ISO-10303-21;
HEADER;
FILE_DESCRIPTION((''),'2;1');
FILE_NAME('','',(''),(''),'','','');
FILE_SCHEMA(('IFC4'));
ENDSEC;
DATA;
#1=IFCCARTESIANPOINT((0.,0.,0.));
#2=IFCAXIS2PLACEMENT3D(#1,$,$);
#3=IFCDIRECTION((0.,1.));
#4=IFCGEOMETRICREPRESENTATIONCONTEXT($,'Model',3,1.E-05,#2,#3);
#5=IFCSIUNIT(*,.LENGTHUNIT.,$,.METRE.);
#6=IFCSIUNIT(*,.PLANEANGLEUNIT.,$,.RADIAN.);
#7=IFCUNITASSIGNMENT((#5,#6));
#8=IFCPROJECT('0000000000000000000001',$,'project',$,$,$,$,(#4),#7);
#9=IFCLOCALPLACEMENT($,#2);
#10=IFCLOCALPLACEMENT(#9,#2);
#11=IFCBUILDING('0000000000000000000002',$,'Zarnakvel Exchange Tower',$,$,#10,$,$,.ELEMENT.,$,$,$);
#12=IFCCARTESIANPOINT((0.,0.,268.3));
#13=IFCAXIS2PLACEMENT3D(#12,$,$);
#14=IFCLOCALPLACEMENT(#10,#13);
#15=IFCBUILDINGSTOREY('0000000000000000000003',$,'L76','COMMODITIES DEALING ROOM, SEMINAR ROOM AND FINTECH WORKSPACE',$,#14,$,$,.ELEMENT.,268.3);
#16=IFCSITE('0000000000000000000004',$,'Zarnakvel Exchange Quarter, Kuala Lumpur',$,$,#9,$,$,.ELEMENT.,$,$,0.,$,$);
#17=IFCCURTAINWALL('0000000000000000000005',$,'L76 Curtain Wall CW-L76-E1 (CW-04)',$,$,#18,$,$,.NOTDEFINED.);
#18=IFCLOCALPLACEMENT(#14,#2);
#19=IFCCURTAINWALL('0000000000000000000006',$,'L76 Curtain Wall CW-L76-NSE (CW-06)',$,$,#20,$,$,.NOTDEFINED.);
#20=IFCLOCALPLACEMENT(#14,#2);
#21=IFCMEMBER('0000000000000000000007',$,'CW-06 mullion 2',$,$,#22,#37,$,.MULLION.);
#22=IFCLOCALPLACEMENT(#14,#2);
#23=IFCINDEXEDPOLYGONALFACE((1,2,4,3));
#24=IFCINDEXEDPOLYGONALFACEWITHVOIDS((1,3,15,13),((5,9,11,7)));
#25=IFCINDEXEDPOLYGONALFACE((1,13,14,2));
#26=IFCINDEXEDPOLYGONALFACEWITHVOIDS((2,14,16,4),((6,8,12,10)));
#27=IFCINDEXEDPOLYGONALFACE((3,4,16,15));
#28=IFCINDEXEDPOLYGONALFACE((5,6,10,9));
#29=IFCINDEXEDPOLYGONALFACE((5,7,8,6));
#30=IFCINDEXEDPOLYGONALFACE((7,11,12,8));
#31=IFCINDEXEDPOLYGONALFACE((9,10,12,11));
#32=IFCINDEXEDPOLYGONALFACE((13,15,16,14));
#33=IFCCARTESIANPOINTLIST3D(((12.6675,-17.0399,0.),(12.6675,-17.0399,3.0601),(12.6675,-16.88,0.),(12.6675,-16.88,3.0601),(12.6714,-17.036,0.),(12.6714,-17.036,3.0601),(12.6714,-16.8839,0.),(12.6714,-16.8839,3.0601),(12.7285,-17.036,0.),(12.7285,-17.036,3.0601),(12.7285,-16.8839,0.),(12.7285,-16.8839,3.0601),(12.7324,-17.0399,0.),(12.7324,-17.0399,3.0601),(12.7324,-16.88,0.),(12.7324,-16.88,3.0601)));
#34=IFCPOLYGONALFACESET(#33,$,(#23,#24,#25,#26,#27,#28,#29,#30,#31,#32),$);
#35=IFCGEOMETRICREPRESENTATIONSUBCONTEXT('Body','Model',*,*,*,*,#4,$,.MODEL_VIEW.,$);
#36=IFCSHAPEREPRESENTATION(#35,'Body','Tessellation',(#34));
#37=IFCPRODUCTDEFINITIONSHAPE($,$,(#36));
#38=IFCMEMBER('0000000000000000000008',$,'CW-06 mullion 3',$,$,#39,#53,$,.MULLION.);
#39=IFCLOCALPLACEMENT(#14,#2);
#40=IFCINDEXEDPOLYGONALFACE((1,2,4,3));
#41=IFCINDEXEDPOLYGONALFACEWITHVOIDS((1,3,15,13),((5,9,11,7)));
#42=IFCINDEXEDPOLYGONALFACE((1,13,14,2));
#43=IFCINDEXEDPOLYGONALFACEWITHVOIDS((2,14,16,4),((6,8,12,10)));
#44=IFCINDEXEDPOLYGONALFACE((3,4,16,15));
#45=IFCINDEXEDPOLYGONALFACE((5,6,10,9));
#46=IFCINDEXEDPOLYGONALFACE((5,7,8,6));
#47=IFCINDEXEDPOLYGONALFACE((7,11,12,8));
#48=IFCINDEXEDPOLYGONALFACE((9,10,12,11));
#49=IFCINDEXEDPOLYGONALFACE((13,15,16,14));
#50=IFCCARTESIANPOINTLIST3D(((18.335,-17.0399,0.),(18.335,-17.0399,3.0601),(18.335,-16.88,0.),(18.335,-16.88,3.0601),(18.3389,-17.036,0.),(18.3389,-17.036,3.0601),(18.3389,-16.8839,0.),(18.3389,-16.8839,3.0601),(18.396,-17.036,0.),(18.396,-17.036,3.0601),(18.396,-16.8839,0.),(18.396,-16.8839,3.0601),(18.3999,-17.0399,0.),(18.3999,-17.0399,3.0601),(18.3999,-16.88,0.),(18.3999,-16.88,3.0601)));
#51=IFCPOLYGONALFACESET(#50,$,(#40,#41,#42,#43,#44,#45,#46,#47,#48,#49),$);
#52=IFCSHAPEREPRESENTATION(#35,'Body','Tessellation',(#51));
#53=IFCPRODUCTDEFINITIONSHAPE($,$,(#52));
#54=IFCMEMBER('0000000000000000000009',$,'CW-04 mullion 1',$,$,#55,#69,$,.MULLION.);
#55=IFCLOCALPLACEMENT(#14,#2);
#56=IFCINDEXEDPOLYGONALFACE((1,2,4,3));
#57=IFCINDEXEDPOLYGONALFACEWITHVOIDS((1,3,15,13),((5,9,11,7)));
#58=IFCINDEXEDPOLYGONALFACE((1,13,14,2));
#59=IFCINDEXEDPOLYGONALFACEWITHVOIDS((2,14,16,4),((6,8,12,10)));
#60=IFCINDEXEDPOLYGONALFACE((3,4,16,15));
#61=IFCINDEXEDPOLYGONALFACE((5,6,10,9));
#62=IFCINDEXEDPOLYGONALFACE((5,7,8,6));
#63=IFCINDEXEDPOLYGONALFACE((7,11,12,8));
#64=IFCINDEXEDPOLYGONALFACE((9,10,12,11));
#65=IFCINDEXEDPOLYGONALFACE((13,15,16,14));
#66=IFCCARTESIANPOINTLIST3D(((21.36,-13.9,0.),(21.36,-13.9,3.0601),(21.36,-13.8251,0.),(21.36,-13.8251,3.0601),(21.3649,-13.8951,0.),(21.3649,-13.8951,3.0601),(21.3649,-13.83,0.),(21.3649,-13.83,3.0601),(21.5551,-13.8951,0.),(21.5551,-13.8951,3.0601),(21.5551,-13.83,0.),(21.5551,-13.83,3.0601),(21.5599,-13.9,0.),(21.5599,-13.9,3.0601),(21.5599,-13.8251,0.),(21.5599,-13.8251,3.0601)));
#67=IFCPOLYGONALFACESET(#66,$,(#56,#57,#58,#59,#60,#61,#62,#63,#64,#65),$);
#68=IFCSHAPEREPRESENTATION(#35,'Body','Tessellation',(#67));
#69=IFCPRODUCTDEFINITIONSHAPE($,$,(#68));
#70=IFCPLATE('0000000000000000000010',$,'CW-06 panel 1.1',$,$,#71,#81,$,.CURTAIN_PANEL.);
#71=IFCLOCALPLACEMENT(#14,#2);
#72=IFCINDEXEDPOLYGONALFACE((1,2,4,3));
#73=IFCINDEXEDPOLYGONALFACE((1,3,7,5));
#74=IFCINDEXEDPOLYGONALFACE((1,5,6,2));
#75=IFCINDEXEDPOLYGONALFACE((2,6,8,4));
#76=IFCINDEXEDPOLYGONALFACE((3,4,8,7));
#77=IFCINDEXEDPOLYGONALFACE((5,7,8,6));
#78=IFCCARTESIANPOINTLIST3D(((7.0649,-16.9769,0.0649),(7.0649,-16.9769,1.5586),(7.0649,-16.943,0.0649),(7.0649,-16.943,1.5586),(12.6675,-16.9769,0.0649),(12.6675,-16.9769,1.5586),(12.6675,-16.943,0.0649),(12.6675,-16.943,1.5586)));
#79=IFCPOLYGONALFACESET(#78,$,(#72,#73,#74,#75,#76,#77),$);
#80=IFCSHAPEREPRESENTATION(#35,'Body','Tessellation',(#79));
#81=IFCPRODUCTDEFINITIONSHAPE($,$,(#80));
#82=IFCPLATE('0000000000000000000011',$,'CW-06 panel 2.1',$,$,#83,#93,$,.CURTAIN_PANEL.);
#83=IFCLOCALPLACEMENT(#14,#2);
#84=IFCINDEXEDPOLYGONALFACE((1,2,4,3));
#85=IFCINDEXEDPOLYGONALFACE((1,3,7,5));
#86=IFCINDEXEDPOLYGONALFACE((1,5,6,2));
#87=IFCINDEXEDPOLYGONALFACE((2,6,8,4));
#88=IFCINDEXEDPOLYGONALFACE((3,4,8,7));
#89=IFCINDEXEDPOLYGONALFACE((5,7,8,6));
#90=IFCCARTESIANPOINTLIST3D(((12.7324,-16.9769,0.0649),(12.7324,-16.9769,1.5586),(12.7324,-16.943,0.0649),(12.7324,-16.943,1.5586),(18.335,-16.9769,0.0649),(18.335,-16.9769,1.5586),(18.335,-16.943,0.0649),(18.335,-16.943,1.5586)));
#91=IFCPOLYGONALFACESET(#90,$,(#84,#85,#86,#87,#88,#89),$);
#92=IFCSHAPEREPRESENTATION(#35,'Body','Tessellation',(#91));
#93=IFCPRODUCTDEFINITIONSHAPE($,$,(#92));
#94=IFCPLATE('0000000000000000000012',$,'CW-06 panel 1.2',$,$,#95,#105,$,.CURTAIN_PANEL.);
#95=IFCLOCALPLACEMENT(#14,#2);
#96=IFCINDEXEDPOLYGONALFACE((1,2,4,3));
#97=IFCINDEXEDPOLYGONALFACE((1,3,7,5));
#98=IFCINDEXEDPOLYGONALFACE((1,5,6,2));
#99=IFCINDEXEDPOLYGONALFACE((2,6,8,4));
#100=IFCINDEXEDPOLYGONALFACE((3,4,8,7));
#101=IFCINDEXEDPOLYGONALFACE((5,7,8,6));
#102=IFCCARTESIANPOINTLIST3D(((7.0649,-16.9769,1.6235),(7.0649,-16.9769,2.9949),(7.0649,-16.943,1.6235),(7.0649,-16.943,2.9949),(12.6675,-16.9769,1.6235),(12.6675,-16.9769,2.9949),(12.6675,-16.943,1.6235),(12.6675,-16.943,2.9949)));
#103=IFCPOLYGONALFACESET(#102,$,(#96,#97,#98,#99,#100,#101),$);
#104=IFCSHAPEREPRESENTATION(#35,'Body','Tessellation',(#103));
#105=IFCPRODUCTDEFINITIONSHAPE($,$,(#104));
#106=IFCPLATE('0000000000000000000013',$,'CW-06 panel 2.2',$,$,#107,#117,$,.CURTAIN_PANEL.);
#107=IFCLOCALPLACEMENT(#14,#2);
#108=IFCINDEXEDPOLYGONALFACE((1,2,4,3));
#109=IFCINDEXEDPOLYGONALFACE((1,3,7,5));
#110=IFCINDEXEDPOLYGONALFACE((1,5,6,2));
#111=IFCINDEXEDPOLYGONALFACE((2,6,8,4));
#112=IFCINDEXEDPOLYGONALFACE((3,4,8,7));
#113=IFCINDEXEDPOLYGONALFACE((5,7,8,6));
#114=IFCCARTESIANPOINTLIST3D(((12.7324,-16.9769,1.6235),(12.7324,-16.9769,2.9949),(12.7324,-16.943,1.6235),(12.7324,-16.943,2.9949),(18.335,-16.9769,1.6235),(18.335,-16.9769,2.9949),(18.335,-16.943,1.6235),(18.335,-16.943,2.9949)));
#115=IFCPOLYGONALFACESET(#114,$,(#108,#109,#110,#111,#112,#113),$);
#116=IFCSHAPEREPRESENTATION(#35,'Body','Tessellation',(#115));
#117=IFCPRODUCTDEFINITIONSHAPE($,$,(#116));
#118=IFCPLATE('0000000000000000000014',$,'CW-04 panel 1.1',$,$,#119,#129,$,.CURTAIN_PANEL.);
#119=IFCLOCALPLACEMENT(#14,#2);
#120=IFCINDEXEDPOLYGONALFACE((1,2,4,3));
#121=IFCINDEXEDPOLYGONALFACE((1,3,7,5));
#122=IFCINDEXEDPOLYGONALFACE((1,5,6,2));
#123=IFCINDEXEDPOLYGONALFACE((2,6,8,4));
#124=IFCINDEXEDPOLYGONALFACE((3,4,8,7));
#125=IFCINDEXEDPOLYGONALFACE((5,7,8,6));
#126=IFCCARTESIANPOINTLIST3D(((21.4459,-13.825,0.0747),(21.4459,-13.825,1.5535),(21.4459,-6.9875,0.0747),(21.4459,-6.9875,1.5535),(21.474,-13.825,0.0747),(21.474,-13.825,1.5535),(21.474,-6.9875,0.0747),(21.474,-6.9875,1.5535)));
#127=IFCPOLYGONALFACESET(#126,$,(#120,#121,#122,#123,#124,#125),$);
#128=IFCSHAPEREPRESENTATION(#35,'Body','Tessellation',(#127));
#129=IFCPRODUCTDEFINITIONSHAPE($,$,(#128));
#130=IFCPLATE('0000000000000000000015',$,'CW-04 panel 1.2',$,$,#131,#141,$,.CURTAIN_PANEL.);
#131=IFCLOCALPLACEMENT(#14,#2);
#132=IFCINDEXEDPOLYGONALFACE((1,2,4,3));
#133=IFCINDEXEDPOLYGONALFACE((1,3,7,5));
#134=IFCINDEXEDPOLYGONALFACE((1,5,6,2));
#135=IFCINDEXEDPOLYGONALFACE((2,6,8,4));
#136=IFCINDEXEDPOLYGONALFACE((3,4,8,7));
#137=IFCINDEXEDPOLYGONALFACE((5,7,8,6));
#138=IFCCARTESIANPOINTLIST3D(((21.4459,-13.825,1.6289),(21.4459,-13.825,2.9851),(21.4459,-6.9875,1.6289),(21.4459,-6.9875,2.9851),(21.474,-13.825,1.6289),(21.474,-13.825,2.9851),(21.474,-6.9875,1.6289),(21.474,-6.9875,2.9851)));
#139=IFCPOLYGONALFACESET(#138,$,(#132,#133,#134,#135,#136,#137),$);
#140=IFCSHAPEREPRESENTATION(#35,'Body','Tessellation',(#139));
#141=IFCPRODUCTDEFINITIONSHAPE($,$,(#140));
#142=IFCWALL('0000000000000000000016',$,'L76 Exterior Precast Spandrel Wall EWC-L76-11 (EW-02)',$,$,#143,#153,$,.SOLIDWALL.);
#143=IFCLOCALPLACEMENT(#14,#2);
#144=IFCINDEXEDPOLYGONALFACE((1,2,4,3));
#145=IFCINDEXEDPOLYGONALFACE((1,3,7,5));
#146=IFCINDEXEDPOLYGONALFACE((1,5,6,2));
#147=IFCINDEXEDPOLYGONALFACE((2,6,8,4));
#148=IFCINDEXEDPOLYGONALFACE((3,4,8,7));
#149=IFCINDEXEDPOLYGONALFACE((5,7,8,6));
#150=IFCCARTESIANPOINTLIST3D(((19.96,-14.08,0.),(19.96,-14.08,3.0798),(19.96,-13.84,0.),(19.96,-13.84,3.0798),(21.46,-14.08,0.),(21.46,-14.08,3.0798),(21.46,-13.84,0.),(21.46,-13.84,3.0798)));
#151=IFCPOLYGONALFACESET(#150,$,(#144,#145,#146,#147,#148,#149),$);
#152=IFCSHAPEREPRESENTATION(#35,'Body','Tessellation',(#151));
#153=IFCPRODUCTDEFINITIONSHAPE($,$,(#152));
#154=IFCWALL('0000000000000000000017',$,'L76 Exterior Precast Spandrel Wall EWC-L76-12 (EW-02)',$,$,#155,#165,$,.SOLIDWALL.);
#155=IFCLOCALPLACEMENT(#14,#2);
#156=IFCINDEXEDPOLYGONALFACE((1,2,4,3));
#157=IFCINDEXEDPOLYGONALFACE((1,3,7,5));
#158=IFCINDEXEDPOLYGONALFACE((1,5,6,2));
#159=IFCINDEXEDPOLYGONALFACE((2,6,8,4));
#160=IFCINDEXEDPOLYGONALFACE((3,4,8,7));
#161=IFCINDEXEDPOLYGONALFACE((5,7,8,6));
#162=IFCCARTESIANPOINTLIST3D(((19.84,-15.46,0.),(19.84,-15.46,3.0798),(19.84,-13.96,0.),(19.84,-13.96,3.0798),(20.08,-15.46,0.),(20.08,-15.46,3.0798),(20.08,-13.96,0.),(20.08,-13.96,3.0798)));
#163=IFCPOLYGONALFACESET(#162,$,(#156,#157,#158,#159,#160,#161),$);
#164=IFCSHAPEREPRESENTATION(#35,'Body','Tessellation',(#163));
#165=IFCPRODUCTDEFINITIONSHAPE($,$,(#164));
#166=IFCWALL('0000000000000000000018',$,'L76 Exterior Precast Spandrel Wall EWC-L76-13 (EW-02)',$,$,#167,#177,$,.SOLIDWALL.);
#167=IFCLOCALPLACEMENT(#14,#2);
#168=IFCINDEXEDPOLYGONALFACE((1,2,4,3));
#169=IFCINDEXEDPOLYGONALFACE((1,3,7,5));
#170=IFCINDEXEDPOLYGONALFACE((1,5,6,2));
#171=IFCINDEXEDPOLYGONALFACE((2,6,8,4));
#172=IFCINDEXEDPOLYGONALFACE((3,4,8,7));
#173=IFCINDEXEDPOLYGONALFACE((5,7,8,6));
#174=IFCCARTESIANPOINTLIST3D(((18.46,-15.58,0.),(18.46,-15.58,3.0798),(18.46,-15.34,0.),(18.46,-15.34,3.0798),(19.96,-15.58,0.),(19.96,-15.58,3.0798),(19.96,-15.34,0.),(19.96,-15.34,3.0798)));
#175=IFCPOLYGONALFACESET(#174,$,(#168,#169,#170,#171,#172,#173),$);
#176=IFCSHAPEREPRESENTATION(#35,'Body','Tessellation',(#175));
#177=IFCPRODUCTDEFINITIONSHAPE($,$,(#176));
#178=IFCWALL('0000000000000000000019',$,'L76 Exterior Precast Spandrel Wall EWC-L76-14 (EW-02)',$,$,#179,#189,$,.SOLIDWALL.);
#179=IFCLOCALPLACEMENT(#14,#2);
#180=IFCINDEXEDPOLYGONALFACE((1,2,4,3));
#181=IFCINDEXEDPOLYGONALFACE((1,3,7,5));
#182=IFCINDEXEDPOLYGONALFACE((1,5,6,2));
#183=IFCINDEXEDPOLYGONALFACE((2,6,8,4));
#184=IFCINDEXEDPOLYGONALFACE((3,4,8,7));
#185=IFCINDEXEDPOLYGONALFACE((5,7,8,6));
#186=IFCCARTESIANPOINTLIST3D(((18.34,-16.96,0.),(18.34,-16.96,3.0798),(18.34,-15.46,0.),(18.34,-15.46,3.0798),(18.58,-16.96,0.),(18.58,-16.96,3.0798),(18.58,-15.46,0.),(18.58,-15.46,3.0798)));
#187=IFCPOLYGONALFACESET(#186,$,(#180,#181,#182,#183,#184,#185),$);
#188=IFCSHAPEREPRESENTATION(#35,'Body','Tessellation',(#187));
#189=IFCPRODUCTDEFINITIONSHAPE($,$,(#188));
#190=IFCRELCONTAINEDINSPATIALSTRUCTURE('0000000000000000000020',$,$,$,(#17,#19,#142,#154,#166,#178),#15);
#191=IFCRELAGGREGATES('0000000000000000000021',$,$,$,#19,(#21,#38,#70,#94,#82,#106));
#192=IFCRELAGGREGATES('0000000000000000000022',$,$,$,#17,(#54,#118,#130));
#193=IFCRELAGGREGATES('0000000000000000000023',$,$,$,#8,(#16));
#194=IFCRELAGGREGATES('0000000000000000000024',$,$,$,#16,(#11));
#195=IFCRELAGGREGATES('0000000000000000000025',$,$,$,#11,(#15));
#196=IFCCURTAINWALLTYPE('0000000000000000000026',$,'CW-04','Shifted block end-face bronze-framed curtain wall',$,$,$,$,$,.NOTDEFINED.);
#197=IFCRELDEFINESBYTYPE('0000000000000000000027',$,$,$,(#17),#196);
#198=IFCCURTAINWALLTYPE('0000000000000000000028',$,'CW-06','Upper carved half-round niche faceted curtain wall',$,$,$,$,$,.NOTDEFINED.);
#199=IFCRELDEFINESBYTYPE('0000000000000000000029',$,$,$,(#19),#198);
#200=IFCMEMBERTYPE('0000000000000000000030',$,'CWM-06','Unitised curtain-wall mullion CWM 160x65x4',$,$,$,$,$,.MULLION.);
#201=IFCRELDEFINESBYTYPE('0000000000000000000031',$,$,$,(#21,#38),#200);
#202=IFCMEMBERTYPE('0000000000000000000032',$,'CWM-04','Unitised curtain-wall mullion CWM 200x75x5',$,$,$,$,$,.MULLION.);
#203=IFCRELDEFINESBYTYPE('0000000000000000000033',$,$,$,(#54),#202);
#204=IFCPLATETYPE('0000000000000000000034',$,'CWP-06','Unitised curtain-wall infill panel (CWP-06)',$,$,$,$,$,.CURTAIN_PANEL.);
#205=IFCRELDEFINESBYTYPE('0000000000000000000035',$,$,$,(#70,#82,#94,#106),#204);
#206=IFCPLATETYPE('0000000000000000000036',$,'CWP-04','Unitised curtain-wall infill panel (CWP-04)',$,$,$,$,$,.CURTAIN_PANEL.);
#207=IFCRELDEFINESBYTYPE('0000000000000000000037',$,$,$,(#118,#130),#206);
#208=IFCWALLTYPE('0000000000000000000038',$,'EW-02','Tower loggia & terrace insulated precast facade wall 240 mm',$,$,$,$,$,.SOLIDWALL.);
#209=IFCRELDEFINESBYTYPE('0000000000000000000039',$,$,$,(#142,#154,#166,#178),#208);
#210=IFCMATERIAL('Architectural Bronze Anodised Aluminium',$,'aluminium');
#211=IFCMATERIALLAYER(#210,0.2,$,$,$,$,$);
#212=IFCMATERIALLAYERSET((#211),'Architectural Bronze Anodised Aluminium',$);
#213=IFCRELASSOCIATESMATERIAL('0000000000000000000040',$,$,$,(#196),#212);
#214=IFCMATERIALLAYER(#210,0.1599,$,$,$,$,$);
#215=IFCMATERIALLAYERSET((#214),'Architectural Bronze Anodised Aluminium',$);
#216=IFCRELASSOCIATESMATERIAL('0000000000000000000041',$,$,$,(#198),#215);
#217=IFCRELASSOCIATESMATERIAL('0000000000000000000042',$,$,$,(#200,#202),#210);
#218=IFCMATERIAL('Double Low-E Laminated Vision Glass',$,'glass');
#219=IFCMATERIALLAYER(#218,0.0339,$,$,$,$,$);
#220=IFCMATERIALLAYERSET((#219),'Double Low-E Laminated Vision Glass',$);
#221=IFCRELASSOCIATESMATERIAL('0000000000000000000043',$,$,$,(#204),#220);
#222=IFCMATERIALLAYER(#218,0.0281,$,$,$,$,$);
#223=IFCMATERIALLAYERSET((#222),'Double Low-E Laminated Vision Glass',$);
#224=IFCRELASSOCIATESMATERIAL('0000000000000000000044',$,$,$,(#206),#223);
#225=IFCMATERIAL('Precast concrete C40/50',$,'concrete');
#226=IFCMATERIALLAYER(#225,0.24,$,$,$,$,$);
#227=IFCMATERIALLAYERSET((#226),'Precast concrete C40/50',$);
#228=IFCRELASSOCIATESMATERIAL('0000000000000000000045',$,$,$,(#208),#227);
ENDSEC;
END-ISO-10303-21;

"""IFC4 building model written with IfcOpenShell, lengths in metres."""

from ifc_helpers import new_model, si_unit, direction, frame, frame_2d, origin, origin_2d, place, context, subcontext, project, spatial, rectangle, hollow_rectangle, extrude, source, transform, mapped, material, layer, layer_set, material_profile, profile_set, type_object, element, aggregate, save


model = new_model("IFC4")

# Units and contexts
model_context = context("Model", 3, precision=1e-05, world=origin(), true_north=direction((0.0, 1.0)))
body_context = subcontext(model_context, "Body", "Model", "MODEL_VIEW")
ifc_project = project(units=[si_unit("LENGTHUNIT", "METRE"), si_unit("PLANEANGLEUNIT", "RADIAN")], contexts=[model_context])

# Site, building, storey
site_placement = place(None, origin())
site = spatial("IfcSite", under=ifc_project, at=site_placement, Name="Zarnakvel Exchange Quarter, Kuala Lumpur", CompositionType="ELEMENT", RefElevation=0.0)
building_placement = place(site_placement, origin())
building = spatial("IfcBuilding", under=site, at=building_placement, Name="Zarnakvel Exchange Tower", CompositionType="ELEMENT")
storey_placement = place(building_placement, frame((0.0, 0.0, 268.3)))
storey = spatial("IfcBuildingStorey", under=building, at=storey_placement, Name="L76", Description="COMMODITIES DEALING ROOM, SEMINAR ROOM AND FINTECH WORKSPACE", CompositionType="ELEMENT", Elevation=268.3)

# Curtain walls, members
ifc_material_1 = material(Name="Architectural Bronze Anodised Aluminium", Category="aluminium")
ifc_layer_1 = layer(ifc_material_1, 0.2)
ifc_layer_set_1 = layer_set([ifc_layer_1], Name="Architectural Bronze Anodised Aluminium")
curtain_wall_type_1 = type_object("IfcCurtainWallType", Name="CW-04", Description="Shifted block end-face bronze-framed curtain wall", PredefinedType="NOTDEFINED", material=ifc_layer_set_1)
curtain_wall_1_placement = place(storey_placement, origin())
curtain_wall_1 = element("IfcCurtainWall", 1, at=curtain_wall_1_placement, inside=storey, type_object=curtain_wall_type_1, Name="L76 Curtain Wall CW-L76-E1 (CW-04)", PredefinedType="NOTDEFINED")
ifc_layer_2 = layer(ifc_material_1, 0.1599)
ifc_layer_set_2 = layer_set([ifc_layer_2], Name="Architectural Bronze Anodised Aluminium")
curtain_wall_type_2 = type_object("IfcCurtainWallType", Name="CW-06", Description="Upper carved half-round niche faceted curtain wall", PredefinedType="NOTDEFINED", material=ifc_layer_set_2)
curtain_wall_2_placement = place(storey_placement, origin())
curtain_wall_2 = element("IfcCurtainWall", 2, at=curtain_wall_2_placement, inside=storey, type_object=curtain_wall_type_2, Name="L76 Curtain Wall CW-L76-NSE (CW-06)", PredefinedType="NOTDEFINED")
ifc_material_profile_1 = material_profile(ifc_material_1, hollow_rectangle(XDim=0.1599, YDim=0.0649, WallThickness=0.0039, at=origin_2d()))
ifc_profile_set_1 = profile_set([ifc_material_profile_1], Name="Architectural Bronze Anodised Aluminium")
member_type_1 = type_object("IfcMemberType", Name="CWM-06", Description="Unitised curtain-wall mullion CWM 160x65x4", PredefinedType="MULLION", material=ifc_profile_set_1)
shared_shape_1 = source(origin(), body_context, "Body", "SweptSolid", [
    extrude(hollow_rectangle(XDim=0.1599, YDim=0.0649, WallThickness=0.0039, at=origin_2d()), origin(), (0.0, 0.0, 1.0), 3.0601),
])
member_1_placement = place(storey_placement, frame((12.7, -16.96, 0.0), z_axis=(0.0, 0.0, 1.0), x_axis=(0.0, 1.0, 0.0)))
member_1 = element("IfcMember", 3, at=member_1_placement, type_object=member_type_1, Name="CW-06 mullion 2", PredefinedType="MULLION", context=body_context, shape_type="MappedRepresentation", body=[
    mapped(shared_shape_1, transform((0.0, 0.0, 0.0), x_axis=(1.0, 0.0, 0.0), y_axis=(0.0, 1.0, 0.0), z_axis=(0.0, 0.0, 1.0), scale=1.0)),
])
member_2_placement = place(storey_placement, frame((18.3674, -16.96, 0.0), z_axis=(0.0, 0.0, 1.0), x_axis=(0.0, 1.0, 0.0)))
member_2 = element("IfcMember", 4, at=member_2_placement, type_object=member_type_1, Name="CW-06 mullion 3", PredefinedType="MULLION", context=body_context, shape_type="MappedRepresentation", body=[
    mapped(shared_shape_1, transform((0.0, 0.0, 0.0), x_axis=(1.0, 0.0, 0.0), y_axis=(0.0, 1.0, 0.0), z_axis=(0.0, 0.0, 1.0), scale=1.0)),
])

# Member
ifc_material_profile_2 = material_profile(ifc_material_1, hollow_rectangle(XDim=0.2, YDim=0.075, WallThickness=0.0049, at=origin_2d()))
ifc_profile_set_2 = profile_set([ifc_material_profile_2], Name="Architectural Bronze Anodised Aluminium")
member_type_2 = type_object("IfcMemberType", Name="CWM-04", Description="Unitised curtain-wall mullion CWM 200x75x5", PredefinedType="MULLION", material=ifc_profile_set_2)
shared_shape_2 = source(origin(), body_context, "Body", "SweptSolid", [
    extrude(hollow_rectangle(XDim=0.2, YDim=0.075, WallThickness=0.0049, at=origin_2d()), origin(), (0.0, 0.0, 1.0), 3.0601),
])
member_3_placement = place(storey_placement, frame((21.46, -13.8625, 0.0), z_axis=(0.0, 0.0, 1.0), x_axis=(-1.0, 0.0, 0.0)))
member_3 = element("IfcMember", 5, at=member_3_placement, type_object=member_type_2, Name="CW-04 mullion 1", PredefinedType="MULLION", context=body_context, shape_type="MappedRepresentation", body=[
    mapped(shared_shape_2, transform((0.0, 0.0, 0.0), x_axis=(1.0, 0.0, 0.0), y_axis=(0.0, 1.0, 0.0), z_axis=(0.0, 0.0, 1.0), scale=1.0)),
])

# Plates
ifc_material_2 = material(Name="Double Low-E Laminated Vision Glass", Category="glass")
ifc_layer_3 = layer(ifc_material_2, 0.0339)
ifc_layer_set_3 = layer_set([ifc_layer_3], Name="Double Low-E Laminated Vision Glass")
plate_type_1 = type_object("IfcPlateType", Name="CWP-06", Description="Unitised curtain-wall infill panel (CWP-06)", PredefinedType="CURTAIN_PANEL", material=ifc_layer_set_3)
shared_shape_3 = source(origin(), body_context, "Body", "SweptSolid", [
    extrude(rectangle(XDim=5.6025, YDim=0.0339, at=origin_2d()), origin(), (0.0, 0.0, 1.0), 1.4937),
])
plate_1_placement = place(storey_placement, frame((9.8662, -16.96, 0.0649), z_axis=(0.0, 0.0, 1.0), x_axis=(1.0, 0.0, 0.0)))
plate_1 = element("IfcPlate", 6, at=plate_1_placement, type_object=plate_type_1, Name="CW-06 panel 1.1", PredefinedType="CURTAIN_PANEL", context=body_context, shape_type="MappedRepresentation", body=[
    mapped(shared_shape_3, transform((0.0, 0.0, 0.0), x_axis=(1.0, 0.0, 0.0), y_axis=(0.0, 1.0, 0.0), z_axis=(0.0, 0.0, 1.0), scale=1.0)),
])
plate_2_placement = place(storey_placement, frame((15.5337, -16.96, 0.0649), z_axis=(0.0, 0.0, 1.0), x_axis=(1.0, 0.0, 0.0)))
plate_2 = element("IfcPlate", 7, at=plate_2_placement, type_object=plate_type_1, Name="CW-06 panel 2.1", PredefinedType="CURTAIN_PANEL", context=body_context, shape_type="MappedRepresentation", body=[
    mapped(shared_shape_3, transform((0.0, 0.0, 0.0), x_axis=(1.0, 0.0, 0.0), y_axis=(0.0, 1.0, 0.0), z_axis=(0.0, 0.0, 1.0), scale=1.0)),
])
shared_shape_4 = source(origin(), body_context, "Body", "SweptSolid", [
    extrude(rectangle(XDim=5.6025, YDim=0.0339, at=origin_2d()), origin(), (0.0, 0.0, 1.0), 1.3713),
])
plate_3_placement = place(storey_placement, frame((9.8662, -16.96, 1.6235), z_axis=(0.0, 0.0, 1.0), x_axis=(1.0, 0.0, 0.0)))
plate_3 = element("IfcPlate", 8, at=plate_3_placement, type_object=plate_type_1, Name="CW-06 panel 1.2", PredefinedType="CURTAIN_PANEL", context=body_context, shape_type="MappedRepresentation", body=[
    mapped(shared_shape_4, transform((0.0, 0.0, 0.0), x_axis=(1.0, 0.0, 0.0), y_axis=(0.0, 1.0, 0.0), z_axis=(0.0, 0.0, 1.0), scale=1.0)),
])
plate_4_placement = place(storey_placement, frame((15.5337, -16.96, 1.6235), z_axis=(0.0, 0.0, 1.0), x_axis=(1.0, 0.0, 0.0)))
plate_4 = element("IfcPlate", 9, at=plate_4_placement, type_object=plate_type_1, Name="CW-06 panel 2.2", PredefinedType="CURTAIN_PANEL", context=body_context, shape_type="MappedRepresentation", body=[
    mapped(shared_shape_4, transform((0.0, 0.0, 0.0), x_axis=(1.0, 0.0, 0.0), y_axis=(0.0, 1.0, 0.0), z_axis=(0.0, 0.0, 1.0), scale=1.0)),
])
aggregate(curtain_wall_2, [member_1, member_2, plate_1, plate_3, plate_2, plate_4])
ifc_layer_4 = layer(ifc_material_2, 0.0281)
ifc_layer_set_4 = layer_set([ifc_layer_4], Name="Double Low-E Laminated Vision Glass")
plate_type_2 = type_object("IfcPlateType", Name="CWP-04", Description="Unitised curtain-wall infill panel (CWP-04)", PredefinedType="CURTAIN_PANEL", material=ifc_layer_set_4)
shared_shape_5 = source(origin(), body_context, "Body", "SweptSolid", [
    extrude(rectangle(XDim=6.8374, YDim=0.0281, at=origin_2d()), origin(), (0.0, 0.0, 1.0), 1.4788),
])
plate_5_placement = place(storey_placement, frame((21.46, -10.4062, 0.0747), z_axis=(0.0, 0.0, 1.0), x_axis=(0.0, 1.0, 0.0)))
plate_5 = element("IfcPlate", 10, at=plate_5_placement, type_object=plate_type_2, Name="CW-04 panel 1.1", PredefinedType="CURTAIN_PANEL", context=body_context, shape_type="MappedRepresentation", body=[
    mapped(shared_shape_5, transform((0.0, 0.0, 0.0), x_axis=(1.0, 0.0, 0.0), y_axis=(0.0, 1.0, 0.0), z_axis=(0.0, 0.0, 1.0), scale=1.0)),
])
shared_shape_6 = source(origin(), body_context, "Body", "SweptSolid", [
    extrude(rectangle(XDim=6.8374, YDim=0.0281, at=origin_2d()), origin(), (0.0, 0.0, 1.0), 1.3562),
])
plate_6_placement = place(storey_placement, frame((21.46, -10.4062, 1.6289), z_axis=(0.0, 0.0, 1.0), x_axis=(0.0, 1.0, 0.0)))
plate_6 = element("IfcPlate", 11, at=plate_6_placement, type_object=plate_type_2, Name="CW-04 panel 1.2", PredefinedType="CURTAIN_PANEL", context=body_context, shape_type="MappedRepresentation", body=[
    mapped(shared_shape_6, transform((0.0, 0.0, 0.0), x_axis=(1.0, 0.0, 0.0), y_axis=(0.0, 1.0, 0.0), z_axis=(0.0, 0.0, 1.0), scale=1.0)),
])
aggregate(curtain_wall_1, [member_3, plate_5, plate_6])

# Walls
ifc_material_3 = material(Name="Precast concrete C40/50", Category="concrete")
ifc_layer_5 = layer(ifc_material_3, 0.24)
ifc_layer_set_5 = layer_set([ifc_layer_5], Name="Precast concrete C40/50")
wall_type_1 = type_object("IfcWallType", Name="EW-02", Description="Tower loggia & terrace insulated precast facade wall 240 mm", PredefinedType="SOLIDWALL", material=ifc_layer_set_5)
for number, where, z_axis, x_axis, name in (
    (12, (19.96, -13.96, 0.0), (0.0, 0.0, 1.0), (1.0, 0.0, 0.0), "L76 Exterior Precast Spandrel Wall EWC-L76-11 (EW-02)"),
    (13, (19.96, -15.46, 0.0), (0.0, 0.0, 1.0), (0.0, 1.0, 0.0), "L76 Exterior Precast Spandrel Wall EWC-L76-12 (EW-02)"),
    (14, (18.46, -15.46, 0.0), (0.0, 0.0, 1.0), (1.0, 0.0, 0.0), "L76 Exterior Precast Spandrel Wall EWC-L76-13 (EW-02)"),
    (15, (18.46, -16.96, 0.0), (0.0, 0.0, 1.0), (0.0, 1.0, 0.0), "L76 Exterior Precast Spandrel Wall EWC-L76-14 (EW-02)"),
):
    element("IfcWall", number, at=place(storey_placement, frame(where, z_axis=z_axis, x_axis=x_axis)), inside=storey, type_object=wall_type_1, Name=name, PredefinedType="SOLIDWALL", context=body_context, shape_type="SweptSolid", body=[
        extrude(rectangle(XDim=1.5, YDim=0.24, at=frame_2d((0.75, 0.0))), origin(), (0.0, 0.0, 1.0), 3.0798),
    ])

save(model, "model.ifc")
